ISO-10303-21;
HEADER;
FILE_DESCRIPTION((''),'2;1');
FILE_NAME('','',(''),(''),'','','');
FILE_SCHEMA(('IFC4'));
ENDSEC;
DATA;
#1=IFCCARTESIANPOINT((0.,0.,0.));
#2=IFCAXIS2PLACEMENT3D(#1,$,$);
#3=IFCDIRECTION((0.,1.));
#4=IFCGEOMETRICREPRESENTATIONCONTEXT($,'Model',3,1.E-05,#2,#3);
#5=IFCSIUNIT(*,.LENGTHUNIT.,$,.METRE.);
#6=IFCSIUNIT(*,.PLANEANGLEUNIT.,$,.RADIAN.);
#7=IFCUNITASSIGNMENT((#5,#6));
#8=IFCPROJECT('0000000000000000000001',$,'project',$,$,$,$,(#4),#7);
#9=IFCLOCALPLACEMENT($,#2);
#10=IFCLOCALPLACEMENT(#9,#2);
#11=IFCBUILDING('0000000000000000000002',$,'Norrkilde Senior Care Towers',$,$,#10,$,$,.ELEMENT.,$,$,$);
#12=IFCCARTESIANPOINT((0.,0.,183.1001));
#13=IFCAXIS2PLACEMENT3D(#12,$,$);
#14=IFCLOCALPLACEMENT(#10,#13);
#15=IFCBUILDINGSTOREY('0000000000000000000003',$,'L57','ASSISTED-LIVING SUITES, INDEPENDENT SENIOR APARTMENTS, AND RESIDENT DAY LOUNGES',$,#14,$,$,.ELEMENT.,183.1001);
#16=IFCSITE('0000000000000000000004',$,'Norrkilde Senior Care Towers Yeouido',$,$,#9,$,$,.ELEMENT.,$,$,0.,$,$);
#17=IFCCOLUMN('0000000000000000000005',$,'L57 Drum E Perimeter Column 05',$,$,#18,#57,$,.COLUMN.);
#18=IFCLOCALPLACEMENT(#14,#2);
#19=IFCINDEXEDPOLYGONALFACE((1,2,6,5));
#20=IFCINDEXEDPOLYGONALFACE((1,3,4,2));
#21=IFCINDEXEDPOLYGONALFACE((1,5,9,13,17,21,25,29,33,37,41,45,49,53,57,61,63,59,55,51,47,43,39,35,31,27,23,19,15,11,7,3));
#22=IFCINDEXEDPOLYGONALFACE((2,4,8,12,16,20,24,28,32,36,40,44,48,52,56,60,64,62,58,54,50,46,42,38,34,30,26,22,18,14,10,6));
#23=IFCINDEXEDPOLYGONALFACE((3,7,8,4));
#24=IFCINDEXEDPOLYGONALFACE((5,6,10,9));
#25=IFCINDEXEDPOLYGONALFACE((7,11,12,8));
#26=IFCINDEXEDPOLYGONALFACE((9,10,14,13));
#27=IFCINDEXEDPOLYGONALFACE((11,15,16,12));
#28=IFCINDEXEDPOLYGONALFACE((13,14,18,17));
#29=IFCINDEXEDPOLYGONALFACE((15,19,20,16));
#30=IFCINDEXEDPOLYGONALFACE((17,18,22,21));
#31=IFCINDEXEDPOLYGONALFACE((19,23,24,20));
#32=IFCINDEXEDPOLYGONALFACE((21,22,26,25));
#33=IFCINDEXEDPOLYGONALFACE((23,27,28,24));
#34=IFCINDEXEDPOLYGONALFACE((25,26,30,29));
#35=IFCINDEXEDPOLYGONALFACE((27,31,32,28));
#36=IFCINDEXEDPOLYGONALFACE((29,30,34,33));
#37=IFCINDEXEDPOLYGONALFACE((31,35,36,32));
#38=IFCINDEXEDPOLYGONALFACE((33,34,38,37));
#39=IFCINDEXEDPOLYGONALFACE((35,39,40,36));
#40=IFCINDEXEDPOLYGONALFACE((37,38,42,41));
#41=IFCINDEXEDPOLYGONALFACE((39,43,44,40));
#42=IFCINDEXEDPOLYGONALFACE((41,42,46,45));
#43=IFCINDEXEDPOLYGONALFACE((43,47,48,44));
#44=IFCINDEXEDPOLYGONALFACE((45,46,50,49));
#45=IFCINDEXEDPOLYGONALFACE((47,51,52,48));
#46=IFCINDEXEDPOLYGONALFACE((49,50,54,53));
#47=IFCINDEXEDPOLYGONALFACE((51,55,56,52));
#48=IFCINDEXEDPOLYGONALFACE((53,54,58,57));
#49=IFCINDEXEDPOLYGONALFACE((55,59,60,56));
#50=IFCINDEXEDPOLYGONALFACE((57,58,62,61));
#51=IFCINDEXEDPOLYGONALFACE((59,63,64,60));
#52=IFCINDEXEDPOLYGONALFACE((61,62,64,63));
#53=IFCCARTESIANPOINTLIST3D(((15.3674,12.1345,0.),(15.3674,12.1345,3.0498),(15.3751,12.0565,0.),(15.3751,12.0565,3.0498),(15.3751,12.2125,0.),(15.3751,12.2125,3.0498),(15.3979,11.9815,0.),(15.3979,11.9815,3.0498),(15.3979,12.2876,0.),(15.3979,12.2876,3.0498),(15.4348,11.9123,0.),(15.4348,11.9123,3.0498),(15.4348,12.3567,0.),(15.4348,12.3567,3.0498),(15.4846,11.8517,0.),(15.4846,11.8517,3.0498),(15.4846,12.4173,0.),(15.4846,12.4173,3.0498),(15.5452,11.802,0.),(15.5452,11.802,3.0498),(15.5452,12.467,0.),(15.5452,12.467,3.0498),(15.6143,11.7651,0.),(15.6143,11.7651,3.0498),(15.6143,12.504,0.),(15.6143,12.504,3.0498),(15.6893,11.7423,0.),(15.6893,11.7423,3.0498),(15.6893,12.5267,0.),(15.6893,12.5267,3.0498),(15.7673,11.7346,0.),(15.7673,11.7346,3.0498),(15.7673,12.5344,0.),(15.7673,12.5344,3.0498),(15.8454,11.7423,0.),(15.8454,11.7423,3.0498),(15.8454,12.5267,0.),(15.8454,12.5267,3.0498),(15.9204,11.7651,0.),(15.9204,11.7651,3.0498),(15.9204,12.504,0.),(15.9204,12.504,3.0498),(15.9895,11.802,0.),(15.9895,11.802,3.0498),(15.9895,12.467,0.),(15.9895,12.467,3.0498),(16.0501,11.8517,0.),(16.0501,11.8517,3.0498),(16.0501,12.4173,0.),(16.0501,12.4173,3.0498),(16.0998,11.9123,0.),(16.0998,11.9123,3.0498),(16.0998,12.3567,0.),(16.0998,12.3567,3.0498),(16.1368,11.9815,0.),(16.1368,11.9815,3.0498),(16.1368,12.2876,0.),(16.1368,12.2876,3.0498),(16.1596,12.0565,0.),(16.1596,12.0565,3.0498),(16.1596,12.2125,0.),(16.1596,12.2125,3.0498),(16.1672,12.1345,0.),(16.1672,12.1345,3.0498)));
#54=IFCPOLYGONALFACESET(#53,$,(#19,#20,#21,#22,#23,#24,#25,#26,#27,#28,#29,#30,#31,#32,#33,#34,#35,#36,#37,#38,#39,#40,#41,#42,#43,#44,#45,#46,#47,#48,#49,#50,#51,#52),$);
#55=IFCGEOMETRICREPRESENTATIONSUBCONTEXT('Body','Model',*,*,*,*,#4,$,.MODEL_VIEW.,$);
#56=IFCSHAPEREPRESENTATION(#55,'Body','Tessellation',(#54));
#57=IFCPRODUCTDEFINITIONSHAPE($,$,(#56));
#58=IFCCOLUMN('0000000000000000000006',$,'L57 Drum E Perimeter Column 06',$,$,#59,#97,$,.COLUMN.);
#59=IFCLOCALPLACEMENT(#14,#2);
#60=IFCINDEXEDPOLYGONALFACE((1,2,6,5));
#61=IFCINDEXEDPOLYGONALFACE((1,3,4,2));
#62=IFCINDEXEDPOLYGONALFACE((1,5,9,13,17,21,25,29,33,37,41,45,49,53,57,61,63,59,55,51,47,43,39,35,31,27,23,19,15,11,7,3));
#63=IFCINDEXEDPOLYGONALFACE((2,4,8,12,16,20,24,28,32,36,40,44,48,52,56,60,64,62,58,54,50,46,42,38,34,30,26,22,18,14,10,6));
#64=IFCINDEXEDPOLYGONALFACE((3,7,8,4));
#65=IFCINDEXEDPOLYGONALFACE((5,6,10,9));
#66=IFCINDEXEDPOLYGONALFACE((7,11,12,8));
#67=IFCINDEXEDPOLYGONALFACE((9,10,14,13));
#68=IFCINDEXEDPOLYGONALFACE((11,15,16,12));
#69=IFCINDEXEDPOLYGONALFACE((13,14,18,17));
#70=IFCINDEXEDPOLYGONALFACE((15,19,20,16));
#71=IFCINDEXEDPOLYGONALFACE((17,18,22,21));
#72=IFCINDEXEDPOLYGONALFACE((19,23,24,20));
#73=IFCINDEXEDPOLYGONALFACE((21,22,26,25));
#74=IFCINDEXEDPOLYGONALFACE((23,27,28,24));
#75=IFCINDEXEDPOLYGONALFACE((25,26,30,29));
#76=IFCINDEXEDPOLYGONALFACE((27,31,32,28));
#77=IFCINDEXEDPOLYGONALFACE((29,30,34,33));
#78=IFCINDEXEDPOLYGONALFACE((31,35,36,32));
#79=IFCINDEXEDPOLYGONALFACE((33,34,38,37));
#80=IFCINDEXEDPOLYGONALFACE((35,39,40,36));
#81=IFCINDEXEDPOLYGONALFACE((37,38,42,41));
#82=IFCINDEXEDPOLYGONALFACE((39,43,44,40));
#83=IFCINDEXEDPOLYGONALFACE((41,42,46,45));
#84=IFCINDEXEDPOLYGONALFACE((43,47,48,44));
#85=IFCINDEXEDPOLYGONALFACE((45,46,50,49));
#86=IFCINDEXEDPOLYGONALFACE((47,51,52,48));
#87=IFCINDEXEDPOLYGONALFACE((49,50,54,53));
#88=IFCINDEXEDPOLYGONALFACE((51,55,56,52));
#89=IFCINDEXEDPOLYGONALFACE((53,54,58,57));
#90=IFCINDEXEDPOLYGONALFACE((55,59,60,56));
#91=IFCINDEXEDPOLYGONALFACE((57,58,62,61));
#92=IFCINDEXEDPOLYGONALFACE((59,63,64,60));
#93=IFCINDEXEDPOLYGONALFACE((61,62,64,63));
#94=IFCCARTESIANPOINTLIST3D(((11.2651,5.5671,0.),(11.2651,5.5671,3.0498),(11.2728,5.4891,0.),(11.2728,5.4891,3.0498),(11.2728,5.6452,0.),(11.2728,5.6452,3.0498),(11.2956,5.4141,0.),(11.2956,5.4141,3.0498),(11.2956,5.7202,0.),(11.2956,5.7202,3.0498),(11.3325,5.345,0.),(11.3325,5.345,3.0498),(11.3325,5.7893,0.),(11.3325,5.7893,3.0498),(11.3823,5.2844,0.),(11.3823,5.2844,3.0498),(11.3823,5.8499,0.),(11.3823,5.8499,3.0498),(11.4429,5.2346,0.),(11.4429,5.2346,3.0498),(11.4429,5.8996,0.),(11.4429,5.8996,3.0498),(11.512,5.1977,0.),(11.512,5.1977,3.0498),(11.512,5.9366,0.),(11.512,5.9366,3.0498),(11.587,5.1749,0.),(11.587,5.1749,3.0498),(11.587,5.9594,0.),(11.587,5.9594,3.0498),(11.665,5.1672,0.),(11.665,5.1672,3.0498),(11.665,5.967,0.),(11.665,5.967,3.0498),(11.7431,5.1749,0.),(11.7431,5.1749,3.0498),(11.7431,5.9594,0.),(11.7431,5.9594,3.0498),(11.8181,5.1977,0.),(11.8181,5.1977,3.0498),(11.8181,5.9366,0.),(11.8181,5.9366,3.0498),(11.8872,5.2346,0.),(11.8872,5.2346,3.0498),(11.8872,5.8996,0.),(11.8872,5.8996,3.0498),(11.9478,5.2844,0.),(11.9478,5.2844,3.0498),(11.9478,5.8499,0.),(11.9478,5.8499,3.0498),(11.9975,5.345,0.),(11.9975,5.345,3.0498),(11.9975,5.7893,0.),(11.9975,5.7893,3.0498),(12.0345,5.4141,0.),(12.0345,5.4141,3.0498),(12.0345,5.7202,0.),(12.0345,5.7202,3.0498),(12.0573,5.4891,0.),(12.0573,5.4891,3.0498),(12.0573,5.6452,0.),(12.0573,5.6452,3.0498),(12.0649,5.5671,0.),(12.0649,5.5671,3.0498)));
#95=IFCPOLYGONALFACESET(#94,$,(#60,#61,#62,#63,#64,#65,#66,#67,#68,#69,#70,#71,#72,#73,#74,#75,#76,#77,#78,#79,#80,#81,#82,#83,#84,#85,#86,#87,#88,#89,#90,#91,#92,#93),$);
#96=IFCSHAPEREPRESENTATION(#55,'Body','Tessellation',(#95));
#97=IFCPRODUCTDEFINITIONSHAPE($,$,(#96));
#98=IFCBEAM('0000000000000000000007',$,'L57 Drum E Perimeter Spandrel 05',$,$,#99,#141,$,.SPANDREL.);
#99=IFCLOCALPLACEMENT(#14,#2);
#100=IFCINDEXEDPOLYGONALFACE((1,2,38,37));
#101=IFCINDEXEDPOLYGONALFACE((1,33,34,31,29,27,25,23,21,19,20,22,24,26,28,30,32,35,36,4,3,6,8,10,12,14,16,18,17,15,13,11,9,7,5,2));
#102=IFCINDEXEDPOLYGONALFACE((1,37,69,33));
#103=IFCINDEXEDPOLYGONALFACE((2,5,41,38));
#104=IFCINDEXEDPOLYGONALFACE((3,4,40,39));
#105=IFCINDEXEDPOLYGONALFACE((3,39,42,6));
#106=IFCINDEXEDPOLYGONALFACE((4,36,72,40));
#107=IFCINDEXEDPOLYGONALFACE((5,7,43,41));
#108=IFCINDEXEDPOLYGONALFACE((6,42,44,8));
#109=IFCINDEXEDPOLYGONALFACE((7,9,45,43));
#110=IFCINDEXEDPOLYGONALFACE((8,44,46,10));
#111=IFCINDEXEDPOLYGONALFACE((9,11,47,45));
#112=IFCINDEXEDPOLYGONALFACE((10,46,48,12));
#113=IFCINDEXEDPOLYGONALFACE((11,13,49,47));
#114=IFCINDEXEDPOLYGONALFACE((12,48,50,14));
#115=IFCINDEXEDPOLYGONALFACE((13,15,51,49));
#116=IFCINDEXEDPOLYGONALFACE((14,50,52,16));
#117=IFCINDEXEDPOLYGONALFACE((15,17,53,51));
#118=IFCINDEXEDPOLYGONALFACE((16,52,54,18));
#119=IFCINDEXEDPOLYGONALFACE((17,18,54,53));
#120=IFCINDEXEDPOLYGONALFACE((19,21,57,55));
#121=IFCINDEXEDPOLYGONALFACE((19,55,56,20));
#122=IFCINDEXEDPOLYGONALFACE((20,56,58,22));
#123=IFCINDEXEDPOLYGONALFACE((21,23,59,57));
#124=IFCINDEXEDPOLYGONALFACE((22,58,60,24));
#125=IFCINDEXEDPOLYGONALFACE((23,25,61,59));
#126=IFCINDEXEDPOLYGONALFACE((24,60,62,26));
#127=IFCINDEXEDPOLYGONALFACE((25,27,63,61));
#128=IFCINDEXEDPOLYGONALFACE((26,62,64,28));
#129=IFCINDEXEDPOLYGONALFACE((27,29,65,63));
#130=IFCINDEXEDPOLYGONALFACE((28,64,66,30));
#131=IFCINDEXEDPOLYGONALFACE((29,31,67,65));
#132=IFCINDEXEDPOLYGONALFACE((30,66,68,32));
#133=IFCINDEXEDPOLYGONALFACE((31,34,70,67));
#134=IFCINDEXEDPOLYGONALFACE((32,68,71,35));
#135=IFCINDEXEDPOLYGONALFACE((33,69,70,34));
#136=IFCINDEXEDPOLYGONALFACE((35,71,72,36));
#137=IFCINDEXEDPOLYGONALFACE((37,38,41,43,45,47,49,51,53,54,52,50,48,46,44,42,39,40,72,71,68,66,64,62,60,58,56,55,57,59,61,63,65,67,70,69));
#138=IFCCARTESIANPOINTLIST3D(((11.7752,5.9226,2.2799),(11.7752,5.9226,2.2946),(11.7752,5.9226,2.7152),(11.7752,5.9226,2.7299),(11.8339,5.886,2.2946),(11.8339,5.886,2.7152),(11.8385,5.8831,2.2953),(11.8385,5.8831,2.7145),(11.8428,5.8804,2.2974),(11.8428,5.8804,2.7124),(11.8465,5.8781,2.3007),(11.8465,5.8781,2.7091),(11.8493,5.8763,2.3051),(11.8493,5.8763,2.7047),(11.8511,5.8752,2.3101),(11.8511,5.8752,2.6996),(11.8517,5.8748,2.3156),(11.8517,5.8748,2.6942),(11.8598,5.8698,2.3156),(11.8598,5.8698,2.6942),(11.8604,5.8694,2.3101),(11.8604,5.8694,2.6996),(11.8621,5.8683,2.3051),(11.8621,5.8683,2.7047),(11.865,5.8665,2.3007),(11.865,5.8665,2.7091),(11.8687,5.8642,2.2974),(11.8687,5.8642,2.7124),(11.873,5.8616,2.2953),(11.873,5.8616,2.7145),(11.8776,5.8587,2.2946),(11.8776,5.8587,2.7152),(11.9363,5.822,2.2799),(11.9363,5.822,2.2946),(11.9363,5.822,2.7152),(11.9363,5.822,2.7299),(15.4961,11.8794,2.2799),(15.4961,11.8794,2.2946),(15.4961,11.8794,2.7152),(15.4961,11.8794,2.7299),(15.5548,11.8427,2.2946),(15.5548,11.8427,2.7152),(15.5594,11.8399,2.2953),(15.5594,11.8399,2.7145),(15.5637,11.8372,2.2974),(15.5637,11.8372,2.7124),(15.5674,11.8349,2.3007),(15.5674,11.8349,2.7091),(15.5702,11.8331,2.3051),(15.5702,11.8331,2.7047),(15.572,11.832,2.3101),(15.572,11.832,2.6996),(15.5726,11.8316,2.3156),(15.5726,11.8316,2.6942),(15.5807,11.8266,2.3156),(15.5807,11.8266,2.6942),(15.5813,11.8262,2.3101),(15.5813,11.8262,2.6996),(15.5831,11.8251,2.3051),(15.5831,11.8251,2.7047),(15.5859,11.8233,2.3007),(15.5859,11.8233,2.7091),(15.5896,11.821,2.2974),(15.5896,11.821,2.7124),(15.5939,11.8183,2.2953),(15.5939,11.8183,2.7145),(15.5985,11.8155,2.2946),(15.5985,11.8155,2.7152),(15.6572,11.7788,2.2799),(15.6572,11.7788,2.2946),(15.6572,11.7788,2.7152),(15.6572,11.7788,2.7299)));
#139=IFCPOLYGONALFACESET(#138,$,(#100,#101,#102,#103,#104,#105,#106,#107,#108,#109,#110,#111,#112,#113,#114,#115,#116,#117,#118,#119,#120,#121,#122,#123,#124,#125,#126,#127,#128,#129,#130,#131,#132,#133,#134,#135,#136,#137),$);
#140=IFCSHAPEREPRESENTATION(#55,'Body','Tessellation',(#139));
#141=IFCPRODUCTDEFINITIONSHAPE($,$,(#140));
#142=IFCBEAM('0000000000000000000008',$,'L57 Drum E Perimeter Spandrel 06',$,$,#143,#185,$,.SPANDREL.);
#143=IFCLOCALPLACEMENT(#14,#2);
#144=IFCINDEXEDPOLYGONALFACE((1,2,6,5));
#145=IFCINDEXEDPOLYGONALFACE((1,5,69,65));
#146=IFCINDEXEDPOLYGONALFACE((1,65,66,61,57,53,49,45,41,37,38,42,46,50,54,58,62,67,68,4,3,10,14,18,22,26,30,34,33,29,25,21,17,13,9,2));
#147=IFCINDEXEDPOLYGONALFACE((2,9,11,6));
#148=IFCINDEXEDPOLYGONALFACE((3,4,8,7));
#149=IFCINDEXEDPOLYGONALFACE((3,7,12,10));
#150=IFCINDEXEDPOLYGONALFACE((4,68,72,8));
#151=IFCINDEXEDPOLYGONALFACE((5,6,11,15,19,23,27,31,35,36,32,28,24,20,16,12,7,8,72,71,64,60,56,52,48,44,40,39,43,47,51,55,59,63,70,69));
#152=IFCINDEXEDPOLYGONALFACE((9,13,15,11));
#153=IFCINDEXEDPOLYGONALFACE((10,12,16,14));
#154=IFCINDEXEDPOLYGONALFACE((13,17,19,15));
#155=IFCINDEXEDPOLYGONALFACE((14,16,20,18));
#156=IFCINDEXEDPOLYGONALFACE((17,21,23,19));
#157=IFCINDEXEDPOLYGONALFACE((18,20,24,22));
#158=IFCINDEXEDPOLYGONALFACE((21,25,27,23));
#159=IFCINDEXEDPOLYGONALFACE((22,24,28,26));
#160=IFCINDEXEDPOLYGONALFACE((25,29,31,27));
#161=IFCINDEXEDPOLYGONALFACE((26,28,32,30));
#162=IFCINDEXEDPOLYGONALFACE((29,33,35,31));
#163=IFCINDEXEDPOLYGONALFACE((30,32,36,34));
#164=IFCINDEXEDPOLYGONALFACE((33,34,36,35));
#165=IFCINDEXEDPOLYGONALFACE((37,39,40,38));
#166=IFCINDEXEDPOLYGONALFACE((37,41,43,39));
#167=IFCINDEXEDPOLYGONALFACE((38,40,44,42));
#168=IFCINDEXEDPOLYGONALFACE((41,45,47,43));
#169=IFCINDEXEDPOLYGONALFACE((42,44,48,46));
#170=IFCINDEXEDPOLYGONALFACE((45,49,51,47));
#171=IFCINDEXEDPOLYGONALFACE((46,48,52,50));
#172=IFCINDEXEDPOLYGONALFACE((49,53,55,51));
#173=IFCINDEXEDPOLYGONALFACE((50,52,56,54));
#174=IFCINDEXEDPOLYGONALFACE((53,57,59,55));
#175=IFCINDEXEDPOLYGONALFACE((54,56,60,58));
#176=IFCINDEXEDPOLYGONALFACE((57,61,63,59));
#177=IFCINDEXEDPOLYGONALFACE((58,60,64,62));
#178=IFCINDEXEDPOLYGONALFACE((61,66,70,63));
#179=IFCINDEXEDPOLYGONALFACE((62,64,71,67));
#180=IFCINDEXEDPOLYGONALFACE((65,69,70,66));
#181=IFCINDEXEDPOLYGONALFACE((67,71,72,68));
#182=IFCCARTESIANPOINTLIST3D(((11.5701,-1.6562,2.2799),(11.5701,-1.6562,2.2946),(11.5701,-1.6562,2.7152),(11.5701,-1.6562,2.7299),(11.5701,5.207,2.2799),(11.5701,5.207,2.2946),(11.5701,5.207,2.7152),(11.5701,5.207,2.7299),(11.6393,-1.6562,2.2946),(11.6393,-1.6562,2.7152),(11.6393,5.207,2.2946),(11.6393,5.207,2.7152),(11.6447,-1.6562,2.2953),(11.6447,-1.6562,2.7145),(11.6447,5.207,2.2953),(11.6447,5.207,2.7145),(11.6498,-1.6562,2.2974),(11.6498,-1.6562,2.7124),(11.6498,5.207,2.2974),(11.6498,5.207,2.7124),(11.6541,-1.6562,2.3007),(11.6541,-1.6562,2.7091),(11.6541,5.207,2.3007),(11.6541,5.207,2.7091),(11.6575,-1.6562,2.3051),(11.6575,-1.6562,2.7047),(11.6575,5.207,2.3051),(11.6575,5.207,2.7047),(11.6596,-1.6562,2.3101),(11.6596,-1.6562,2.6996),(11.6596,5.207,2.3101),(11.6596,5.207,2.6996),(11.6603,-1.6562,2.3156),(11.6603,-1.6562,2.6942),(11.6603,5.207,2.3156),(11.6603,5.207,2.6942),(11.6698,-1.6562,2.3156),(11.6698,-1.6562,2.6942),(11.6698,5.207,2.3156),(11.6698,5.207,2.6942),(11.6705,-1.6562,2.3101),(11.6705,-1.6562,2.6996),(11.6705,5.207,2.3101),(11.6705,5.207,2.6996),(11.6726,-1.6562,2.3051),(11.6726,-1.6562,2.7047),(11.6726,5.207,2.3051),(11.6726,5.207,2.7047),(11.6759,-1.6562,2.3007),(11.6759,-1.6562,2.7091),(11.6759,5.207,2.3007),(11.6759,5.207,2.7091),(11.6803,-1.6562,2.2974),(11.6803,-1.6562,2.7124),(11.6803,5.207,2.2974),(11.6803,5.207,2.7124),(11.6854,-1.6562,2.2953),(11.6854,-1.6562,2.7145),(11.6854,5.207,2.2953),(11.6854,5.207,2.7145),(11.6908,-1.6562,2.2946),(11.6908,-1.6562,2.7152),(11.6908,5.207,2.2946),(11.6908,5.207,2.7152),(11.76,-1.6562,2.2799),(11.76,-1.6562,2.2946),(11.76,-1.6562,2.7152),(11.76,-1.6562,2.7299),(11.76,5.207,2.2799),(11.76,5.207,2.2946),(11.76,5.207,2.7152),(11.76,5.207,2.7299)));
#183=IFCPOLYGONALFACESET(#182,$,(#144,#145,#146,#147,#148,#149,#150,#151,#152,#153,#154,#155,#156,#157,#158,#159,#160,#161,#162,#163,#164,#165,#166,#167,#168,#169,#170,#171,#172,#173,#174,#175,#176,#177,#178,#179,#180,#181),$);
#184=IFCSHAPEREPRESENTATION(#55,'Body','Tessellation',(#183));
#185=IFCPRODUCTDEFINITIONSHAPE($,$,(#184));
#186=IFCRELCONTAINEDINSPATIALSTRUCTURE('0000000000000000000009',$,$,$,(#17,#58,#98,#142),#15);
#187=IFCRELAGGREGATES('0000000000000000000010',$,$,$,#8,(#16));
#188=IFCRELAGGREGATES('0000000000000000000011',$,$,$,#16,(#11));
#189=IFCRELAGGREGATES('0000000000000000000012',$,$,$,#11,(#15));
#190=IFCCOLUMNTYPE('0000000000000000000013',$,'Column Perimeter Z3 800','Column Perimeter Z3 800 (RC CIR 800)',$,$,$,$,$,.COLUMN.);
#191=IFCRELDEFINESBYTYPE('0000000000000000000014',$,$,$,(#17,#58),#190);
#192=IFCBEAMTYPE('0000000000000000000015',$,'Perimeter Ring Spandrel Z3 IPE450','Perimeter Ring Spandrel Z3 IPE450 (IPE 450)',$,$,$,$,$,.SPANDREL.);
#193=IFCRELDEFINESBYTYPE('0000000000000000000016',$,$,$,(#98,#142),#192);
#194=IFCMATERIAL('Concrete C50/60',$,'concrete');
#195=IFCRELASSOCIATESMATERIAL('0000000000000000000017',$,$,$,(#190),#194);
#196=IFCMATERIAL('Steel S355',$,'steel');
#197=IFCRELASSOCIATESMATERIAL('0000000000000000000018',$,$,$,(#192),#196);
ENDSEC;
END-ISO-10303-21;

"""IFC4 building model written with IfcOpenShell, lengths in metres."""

from ifc_helpers import new_model, si_unit, direction, frame, origin, origin_2d, place, context, subcontext, project, spatial, circle, i_section, extrude, source, transform, mapped, material, material_profile, profile_set, type_object, type_shapes, element, save


model = new_model("IFC4")

# Units and contexts
model_context = context("Model", 3, precision=1e-05, world=origin(), true_north=direction((0.0, 1.0)))
body_context = subcontext(model_context, "Body", "Model", "MODEL_VIEW")
ifc_project = project(units=[si_unit("LENGTHUNIT", "METRE"), si_unit("PLANEANGLEUNIT", "RADIAN")], contexts=[model_context])

# Site, building, storey
site_placement = place(None, origin())
site = spatial("IfcSite", under=ifc_project, at=site_placement, Name="Norrkilde Senior Care Towers Yeouido", CompositionType="ELEMENT", RefElevation=0.0)
building_placement = place(site_placement, origin())
building = spatial("IfcBuilding", under=site, at=building_placement, Name="Norrkilde Senior Care Towers", CompositionType="ELEMENT")
storey_placement = place(building_placement, frame((0.0, 0.0, 183.1001)))
storey = spatial("IfcBuildingStorey", under=building, at=storey_placement, Name="L57", Description="ASSISTED-LIVING SUITES, INDEPENDENT SENIOR APARTMENTS, AND RESIDENT DAY LOUNGES", CompositionType="ELEMENT", Elevation=183.1001)

# Columns
ifc_material_1 = material(Name="Concrete C50/60", Category="concrete")
ifc_material_profile_1 = material_profile(ifc_material_1, circle(Radius=0.3999, at=origin_2d()), Name="RC CIR 800")
ifc_profile_set_1 = profile_set([ifc_material_profile_1], Name="Concrete C50/60")
column_type = type_object("IfcColumnType", Name="Column Perimeter Z3 800", Description="Column Perimeter Z3 800 (RC CIR 800)", PredefinedType="COLUMN", material=ifc_profile_set_1)
shared_shape_1 = source(origin(), body_context, "Body", "SweptSolid", [
    extrude(circle(Radius=0.3999, at=origin_2d()), origin(), (0.0, 0.0, 1.0), 3.0498),
])
type_shapes(column_type, [shared_shape_1])
for number, where, z_axis, x_axis, name in (
    (1, (15.7673, 12.1345, 0.0), (0.0, 0.0, 1.0), (1.0, 0.0, 0.0), "L57 Drum E Perimeter Column 05"),
    (2, (11.665, 5.5671, 0.0), (0.0, 0.0, 1.0), (1.0, 0.0, 0.0), "L57 Drum E Perimeter Column 06"),
):
    element("IfcColumn", number, at=place(storey_placement, frame(where, z_axis=z_axis, x_axis=x_axis)), inside=storey, type_object=column_type, Name=name, PredefinedType="COLUMN", context=body_context, shape_type="MappedRepresentation", body=[
        mapped(shared_shape_1, transform((0.0, 0.0, 0.0), x_axis=(1.0, 0.0, 0.0), y_axis=(0.0, 1.0, 0.0), z_axis=(0.0, 0.0, 1.0), scale=1.0)),
    ])

# Beams
ifc_material_2 = material(Name="Steel S355", Category="steel")
ifc_material_profile_2 = material_profile(ifc_material_2, i_section(OverallWidth=0.1899, OverallDepth=0.45, WebThickness=0.0095, FlangeThickness=0.0146, FilletRadius=0.021, at=origin_2d()), Name="IPE 450")
ifc_profile_set_2 = profile_set([ifc_material_profile_2], Name="Steel S355")
beam_type = type_object("IfcBeamType", Name="Perimeter Ring Spandrel Z3 IPE450", Description="Perimeter Ring Spandrel Z3 IPE450 (IPE 450)", PredefinedType="SPANDREL", material=ifc_profile_set_2)
shared_shape_2 = source(origin(), body_context, "Body", "SweptSolid", [
    extrude(i_section(OverallWidth=0.1899, OverallDepth=0.45, WebThickness=0.0095, FlangeThickness=0.0146, FilletRadius=0.021, at=origin_2d()), origin(), (0.0, 0.0, 1.0), 7.0234),
])
beam_1_placement = place(storey_placement, frame((15.5767, 11.8291, 2.5049), z_axis=(-0.52979, -0.848129, 0.0), x_axis=(0.848129, -0.52979, 0.0)))
element("IfcBeam", 3, at=beam_1_placement, inside=storey, type_object=beam_type, Name="L57 Drum E Perimeter Spandrel 05", PredefinedType="SPANDREL", context=body_context, shape_type="MappedRepresentation", body=[
    mapped(shared_shape_2, transform((0.0, 0.0, 0.0), x_axis=(1.0, 0.0, 0.0), y_axis=(0.0, 1.0, 0.0), z_axis=(0.0, 0.0, 1.0), scale=1.0)),
])
shared_shape_3 = source(origin(), body_context, "Body", "SweptSolid", [
    extrude(i_section(OverallWidth=0.1899, OverallDepth=0.45, WebThickness=0.0095, FlangeThickness=0.0146, FilletRadius=0.021, at=origin_2d()), origin(), (0.0, 0.0, 1.0), 6.8633),
])
type_shapes(beam_type, [shared_shape_2, shared_shape_3])
beam_2_placement = place(storey_placement, frame((11.665, 5.207, 2.5049), z_axis=(0.0, -1.0, 0.0), x_axis=(1.0, 0.0, 0.0)))
element("IfcBeam", 4, at=beam_2_placement, inside=storey, type_object=beam_type, Name="L57 Drum E Perimeter Spandrel 06", PredefinedType="SPANDREL", context=body_context, shape_type="MappedRepresentation", body=[
    mapped(shared_shape_3, transform((0.0, 0.0, 0.0), x_axis=(1.0, 0.0, 0.0), y_axis=(0.0, 1.0, 0.0), z_axis=(0.0, 0.0, 1.0), scale=1.0)),
])

save(model, "model.ifc")
